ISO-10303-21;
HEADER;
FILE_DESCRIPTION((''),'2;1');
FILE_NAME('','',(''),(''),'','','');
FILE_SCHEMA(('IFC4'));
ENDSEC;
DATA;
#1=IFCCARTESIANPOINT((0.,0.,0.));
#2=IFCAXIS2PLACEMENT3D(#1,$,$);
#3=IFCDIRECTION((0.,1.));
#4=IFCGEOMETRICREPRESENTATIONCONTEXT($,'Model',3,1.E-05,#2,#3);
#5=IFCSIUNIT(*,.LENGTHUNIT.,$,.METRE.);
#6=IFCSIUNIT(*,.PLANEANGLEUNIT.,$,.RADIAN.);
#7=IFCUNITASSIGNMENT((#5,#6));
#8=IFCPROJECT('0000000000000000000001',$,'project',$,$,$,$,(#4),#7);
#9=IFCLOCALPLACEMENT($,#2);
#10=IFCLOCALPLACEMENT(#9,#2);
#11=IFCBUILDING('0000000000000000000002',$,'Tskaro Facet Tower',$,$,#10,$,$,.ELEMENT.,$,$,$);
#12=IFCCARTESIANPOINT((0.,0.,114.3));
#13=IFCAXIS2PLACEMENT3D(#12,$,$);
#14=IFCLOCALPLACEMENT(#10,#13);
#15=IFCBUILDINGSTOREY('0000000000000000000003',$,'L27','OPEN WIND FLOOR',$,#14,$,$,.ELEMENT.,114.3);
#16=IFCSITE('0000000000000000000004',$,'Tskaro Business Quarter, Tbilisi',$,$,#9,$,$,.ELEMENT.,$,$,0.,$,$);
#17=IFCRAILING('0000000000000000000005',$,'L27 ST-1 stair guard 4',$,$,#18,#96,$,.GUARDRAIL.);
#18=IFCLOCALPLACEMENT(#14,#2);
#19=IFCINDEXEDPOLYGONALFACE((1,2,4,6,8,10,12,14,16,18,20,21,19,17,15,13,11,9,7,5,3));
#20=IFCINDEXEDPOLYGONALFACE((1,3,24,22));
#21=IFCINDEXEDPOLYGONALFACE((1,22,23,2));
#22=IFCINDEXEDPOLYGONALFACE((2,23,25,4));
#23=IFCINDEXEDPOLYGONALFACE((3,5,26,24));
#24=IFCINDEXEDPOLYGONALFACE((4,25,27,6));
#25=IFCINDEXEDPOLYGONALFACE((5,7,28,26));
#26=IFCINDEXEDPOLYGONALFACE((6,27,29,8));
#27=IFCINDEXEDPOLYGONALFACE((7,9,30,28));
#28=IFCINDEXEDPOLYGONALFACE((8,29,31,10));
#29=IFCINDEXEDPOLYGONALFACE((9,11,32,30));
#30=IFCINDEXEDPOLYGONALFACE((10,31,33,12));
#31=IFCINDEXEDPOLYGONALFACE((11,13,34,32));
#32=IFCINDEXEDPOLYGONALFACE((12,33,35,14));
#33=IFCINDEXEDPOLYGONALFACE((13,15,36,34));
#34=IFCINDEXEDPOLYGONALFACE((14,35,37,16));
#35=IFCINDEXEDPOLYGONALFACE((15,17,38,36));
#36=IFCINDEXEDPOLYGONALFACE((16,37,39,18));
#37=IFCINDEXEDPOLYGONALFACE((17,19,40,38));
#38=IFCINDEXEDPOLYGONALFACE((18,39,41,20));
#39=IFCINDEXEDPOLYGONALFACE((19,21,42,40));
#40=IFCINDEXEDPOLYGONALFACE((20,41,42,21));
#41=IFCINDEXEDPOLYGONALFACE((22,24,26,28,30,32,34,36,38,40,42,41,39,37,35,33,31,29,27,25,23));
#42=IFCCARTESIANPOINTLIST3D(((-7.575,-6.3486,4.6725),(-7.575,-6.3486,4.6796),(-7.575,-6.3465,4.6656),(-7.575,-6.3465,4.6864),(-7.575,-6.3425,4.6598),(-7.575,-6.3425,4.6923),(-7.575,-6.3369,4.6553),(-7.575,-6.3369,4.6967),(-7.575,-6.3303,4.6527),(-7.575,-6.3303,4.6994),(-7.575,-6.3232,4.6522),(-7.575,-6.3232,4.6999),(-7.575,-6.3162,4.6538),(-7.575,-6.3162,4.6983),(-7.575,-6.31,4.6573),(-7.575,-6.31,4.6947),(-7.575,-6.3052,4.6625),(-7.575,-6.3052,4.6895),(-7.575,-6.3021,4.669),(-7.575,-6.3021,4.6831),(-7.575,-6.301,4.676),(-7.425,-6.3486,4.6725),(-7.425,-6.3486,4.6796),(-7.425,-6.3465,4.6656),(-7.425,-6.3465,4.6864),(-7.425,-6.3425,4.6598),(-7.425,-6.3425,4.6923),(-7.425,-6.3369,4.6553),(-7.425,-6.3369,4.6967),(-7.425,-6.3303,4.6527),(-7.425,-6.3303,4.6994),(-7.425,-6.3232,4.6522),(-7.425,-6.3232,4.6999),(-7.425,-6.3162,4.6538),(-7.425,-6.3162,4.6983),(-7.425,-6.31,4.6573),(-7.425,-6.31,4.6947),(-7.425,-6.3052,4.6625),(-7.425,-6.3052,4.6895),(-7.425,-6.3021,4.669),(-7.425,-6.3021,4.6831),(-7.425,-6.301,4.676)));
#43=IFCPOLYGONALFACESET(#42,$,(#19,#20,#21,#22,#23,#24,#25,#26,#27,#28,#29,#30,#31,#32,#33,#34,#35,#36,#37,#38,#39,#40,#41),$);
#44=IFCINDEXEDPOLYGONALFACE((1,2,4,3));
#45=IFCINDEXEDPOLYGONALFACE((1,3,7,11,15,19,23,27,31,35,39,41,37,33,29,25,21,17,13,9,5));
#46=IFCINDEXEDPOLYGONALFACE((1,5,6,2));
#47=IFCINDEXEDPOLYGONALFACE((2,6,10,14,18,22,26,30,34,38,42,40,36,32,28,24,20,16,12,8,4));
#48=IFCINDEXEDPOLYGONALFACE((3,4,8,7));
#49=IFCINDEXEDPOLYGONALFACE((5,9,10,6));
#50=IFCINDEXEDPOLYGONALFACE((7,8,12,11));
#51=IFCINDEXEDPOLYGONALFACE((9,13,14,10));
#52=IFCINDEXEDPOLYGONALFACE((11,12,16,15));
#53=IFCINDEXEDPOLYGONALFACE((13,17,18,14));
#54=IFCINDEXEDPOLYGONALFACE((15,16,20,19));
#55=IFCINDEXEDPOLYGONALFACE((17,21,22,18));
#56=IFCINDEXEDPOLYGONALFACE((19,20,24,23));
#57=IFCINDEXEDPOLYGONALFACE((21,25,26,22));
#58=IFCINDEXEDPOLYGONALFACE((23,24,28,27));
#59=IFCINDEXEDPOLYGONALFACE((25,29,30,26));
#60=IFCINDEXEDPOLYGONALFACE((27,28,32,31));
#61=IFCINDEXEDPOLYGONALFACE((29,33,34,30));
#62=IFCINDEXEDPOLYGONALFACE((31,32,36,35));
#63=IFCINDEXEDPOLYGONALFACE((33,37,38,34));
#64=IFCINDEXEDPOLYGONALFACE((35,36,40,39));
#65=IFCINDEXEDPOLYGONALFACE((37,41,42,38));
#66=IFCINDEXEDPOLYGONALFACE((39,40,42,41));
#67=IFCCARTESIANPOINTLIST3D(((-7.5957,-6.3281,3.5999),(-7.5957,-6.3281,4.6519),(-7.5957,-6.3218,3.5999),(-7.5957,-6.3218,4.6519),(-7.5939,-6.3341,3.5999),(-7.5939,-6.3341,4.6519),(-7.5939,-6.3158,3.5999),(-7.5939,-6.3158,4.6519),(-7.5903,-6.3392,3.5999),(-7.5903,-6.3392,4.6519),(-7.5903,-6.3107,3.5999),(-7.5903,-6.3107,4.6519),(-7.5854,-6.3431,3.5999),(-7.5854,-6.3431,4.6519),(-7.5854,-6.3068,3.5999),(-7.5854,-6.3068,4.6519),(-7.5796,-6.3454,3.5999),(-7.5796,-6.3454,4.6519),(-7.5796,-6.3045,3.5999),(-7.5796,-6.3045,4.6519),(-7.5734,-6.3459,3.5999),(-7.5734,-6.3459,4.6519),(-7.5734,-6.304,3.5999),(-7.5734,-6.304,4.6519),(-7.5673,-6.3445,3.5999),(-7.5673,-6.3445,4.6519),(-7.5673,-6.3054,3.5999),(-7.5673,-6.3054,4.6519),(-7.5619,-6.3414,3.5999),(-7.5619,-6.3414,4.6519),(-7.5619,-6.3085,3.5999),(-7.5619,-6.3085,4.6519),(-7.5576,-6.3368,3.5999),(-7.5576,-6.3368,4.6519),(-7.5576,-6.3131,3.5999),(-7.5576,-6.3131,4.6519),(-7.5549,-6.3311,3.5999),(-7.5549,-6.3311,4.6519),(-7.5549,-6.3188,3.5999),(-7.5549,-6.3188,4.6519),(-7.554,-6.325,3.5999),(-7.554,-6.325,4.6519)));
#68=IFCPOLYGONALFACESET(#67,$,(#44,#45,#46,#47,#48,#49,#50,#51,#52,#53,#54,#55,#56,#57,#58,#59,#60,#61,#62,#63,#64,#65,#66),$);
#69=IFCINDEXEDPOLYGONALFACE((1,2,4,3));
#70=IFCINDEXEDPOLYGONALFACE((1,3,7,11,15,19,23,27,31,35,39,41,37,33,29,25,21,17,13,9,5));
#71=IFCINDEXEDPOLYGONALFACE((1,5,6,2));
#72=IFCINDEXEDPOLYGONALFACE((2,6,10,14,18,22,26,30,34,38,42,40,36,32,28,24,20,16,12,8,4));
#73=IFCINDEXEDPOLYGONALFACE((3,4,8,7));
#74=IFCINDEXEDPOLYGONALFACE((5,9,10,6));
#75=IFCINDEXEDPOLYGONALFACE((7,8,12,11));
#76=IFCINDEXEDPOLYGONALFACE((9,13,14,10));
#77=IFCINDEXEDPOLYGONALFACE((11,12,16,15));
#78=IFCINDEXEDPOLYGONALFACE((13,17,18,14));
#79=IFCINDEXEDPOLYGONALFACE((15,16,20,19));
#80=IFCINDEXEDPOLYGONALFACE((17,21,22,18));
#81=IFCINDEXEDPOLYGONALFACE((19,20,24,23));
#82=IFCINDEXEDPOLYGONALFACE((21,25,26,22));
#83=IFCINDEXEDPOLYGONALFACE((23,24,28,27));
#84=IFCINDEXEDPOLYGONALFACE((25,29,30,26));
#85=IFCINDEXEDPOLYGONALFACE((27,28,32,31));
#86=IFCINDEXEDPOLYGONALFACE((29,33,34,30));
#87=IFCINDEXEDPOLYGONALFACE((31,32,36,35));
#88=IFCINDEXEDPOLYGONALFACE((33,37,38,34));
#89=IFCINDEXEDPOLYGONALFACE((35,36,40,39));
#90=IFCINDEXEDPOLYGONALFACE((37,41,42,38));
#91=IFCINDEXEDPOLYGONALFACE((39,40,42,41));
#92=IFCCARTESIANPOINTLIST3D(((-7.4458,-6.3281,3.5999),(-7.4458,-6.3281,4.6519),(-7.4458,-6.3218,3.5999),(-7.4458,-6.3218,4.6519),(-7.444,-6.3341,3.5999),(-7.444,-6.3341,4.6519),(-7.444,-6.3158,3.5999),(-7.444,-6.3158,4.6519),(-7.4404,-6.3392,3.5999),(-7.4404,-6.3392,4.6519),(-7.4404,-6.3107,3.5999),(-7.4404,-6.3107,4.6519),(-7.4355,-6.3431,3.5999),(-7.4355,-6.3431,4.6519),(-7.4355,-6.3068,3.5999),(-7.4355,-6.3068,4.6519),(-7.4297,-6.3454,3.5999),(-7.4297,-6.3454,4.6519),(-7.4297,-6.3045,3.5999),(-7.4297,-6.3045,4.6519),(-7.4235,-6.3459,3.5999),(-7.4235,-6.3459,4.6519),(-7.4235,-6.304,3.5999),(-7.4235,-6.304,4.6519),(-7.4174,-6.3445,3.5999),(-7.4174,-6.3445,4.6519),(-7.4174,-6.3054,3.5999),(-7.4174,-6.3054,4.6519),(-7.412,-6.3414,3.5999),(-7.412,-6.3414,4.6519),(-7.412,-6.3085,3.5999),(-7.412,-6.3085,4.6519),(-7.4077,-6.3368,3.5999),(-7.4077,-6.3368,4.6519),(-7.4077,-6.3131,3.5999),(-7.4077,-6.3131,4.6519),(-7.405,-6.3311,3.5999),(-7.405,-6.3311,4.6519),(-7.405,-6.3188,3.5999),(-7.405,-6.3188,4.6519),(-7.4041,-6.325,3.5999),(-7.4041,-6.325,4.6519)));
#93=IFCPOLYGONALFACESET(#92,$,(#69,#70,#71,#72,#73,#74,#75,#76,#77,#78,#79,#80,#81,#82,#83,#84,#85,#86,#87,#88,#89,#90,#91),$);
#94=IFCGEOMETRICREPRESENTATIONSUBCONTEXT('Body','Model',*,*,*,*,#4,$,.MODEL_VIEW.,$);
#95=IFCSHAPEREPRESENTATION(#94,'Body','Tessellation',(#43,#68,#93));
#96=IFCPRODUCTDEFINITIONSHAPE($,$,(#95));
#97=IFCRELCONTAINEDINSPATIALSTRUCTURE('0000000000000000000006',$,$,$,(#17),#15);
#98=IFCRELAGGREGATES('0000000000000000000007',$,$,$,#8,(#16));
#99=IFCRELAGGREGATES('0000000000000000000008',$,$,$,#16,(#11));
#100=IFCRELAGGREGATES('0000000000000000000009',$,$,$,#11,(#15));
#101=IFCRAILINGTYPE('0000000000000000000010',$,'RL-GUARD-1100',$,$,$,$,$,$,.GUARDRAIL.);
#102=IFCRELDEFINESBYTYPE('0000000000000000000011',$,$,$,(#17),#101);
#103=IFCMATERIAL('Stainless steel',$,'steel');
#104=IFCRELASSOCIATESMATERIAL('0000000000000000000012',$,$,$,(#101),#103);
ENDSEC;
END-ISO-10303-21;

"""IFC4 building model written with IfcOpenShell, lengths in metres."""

from ifc_helpers import new_model, si_unit, direction, frame, origin, origin_2d, place, context, subcontext, project, spatial, circle, extrude, material, type_object, element, save


model = new_model("IFC4")

# Units and contexts
model_context = context("Model", 3, precision=1e-05, world=origin(), true_north=direction((0.0, 1.0)))
body_context = subcontext(model_context, "Body", "Model", "MODEL_VIEW")
ifc_project = project(units=[si_unit("LENGTHUNIT", "METRE"), si_unit("PLANEANGLEUNIT", "RADIAN")], contexts=[model_context])

# Site, building, storey
site_placement = place(None, origin())
site = spatial("IfcSite", under=ifc_project, at=site_placement, Name="Tskaro Business Quarter, Tbilisi", CompositionType="ELEMENT", RefElevation=0.0)
building_placement = place(site_placement, origin())
building = spatial("IfcBuilding", under=site, at=building_placement, Name="Tskaro Facet Tower", CompositionType="ELEMENT")
storey_placement = place(building_placement, frame((0.0, 0.0, 114.3)))
storey = spatial("IfcBuildingStorey", under=building, at=storey_placement, Name="L27", Description="OPEN WIND FLOOR", CompositionType="ELEMENT", Elevation=114.3)

# Shared definitions
ifc_material_1 = material(Name="Stainless steel", Category="steel")

# Railing
railing_type_1 = type_object("IfcRailingType", Name="RL-GUARD-1100", PredefinedType="GUARDRAIL", material=ifc_material_1)
railing_1_placement = place(storey_placement, frame((-7.575, -6.325, 3.5999)))
element("IfcRailing", 1, at=railing_1_placement, inside=storey, type_object=railing_type_1, Name="L27 ST-1 stair guard 4", PredefinedType="GUARDRAIL", context=body_context, shape_type="SweptSolid", body=[
    extrude(circle(Radius=0.0239, at=origin_2d()), frame((0.0, 0.0, 1.0762), z_axis=(1.0, 0.0, 0.0), x_axis=(0.0, 1.0, 0.0)), (0.0, 0.0, 1.0), 0.1499),
    extrude(circle(Radius=0.021, at=origin_2d()), origin(), (0.0, 0.0, 1.0), 1.052),
    extrude(circle(Radius=0.021, at=origin_2d()), frame((0.1499, 0.0, 0.0)), (0.0, 0.0, 1.0), 1.052),
])

save(model, "model.ifc")
